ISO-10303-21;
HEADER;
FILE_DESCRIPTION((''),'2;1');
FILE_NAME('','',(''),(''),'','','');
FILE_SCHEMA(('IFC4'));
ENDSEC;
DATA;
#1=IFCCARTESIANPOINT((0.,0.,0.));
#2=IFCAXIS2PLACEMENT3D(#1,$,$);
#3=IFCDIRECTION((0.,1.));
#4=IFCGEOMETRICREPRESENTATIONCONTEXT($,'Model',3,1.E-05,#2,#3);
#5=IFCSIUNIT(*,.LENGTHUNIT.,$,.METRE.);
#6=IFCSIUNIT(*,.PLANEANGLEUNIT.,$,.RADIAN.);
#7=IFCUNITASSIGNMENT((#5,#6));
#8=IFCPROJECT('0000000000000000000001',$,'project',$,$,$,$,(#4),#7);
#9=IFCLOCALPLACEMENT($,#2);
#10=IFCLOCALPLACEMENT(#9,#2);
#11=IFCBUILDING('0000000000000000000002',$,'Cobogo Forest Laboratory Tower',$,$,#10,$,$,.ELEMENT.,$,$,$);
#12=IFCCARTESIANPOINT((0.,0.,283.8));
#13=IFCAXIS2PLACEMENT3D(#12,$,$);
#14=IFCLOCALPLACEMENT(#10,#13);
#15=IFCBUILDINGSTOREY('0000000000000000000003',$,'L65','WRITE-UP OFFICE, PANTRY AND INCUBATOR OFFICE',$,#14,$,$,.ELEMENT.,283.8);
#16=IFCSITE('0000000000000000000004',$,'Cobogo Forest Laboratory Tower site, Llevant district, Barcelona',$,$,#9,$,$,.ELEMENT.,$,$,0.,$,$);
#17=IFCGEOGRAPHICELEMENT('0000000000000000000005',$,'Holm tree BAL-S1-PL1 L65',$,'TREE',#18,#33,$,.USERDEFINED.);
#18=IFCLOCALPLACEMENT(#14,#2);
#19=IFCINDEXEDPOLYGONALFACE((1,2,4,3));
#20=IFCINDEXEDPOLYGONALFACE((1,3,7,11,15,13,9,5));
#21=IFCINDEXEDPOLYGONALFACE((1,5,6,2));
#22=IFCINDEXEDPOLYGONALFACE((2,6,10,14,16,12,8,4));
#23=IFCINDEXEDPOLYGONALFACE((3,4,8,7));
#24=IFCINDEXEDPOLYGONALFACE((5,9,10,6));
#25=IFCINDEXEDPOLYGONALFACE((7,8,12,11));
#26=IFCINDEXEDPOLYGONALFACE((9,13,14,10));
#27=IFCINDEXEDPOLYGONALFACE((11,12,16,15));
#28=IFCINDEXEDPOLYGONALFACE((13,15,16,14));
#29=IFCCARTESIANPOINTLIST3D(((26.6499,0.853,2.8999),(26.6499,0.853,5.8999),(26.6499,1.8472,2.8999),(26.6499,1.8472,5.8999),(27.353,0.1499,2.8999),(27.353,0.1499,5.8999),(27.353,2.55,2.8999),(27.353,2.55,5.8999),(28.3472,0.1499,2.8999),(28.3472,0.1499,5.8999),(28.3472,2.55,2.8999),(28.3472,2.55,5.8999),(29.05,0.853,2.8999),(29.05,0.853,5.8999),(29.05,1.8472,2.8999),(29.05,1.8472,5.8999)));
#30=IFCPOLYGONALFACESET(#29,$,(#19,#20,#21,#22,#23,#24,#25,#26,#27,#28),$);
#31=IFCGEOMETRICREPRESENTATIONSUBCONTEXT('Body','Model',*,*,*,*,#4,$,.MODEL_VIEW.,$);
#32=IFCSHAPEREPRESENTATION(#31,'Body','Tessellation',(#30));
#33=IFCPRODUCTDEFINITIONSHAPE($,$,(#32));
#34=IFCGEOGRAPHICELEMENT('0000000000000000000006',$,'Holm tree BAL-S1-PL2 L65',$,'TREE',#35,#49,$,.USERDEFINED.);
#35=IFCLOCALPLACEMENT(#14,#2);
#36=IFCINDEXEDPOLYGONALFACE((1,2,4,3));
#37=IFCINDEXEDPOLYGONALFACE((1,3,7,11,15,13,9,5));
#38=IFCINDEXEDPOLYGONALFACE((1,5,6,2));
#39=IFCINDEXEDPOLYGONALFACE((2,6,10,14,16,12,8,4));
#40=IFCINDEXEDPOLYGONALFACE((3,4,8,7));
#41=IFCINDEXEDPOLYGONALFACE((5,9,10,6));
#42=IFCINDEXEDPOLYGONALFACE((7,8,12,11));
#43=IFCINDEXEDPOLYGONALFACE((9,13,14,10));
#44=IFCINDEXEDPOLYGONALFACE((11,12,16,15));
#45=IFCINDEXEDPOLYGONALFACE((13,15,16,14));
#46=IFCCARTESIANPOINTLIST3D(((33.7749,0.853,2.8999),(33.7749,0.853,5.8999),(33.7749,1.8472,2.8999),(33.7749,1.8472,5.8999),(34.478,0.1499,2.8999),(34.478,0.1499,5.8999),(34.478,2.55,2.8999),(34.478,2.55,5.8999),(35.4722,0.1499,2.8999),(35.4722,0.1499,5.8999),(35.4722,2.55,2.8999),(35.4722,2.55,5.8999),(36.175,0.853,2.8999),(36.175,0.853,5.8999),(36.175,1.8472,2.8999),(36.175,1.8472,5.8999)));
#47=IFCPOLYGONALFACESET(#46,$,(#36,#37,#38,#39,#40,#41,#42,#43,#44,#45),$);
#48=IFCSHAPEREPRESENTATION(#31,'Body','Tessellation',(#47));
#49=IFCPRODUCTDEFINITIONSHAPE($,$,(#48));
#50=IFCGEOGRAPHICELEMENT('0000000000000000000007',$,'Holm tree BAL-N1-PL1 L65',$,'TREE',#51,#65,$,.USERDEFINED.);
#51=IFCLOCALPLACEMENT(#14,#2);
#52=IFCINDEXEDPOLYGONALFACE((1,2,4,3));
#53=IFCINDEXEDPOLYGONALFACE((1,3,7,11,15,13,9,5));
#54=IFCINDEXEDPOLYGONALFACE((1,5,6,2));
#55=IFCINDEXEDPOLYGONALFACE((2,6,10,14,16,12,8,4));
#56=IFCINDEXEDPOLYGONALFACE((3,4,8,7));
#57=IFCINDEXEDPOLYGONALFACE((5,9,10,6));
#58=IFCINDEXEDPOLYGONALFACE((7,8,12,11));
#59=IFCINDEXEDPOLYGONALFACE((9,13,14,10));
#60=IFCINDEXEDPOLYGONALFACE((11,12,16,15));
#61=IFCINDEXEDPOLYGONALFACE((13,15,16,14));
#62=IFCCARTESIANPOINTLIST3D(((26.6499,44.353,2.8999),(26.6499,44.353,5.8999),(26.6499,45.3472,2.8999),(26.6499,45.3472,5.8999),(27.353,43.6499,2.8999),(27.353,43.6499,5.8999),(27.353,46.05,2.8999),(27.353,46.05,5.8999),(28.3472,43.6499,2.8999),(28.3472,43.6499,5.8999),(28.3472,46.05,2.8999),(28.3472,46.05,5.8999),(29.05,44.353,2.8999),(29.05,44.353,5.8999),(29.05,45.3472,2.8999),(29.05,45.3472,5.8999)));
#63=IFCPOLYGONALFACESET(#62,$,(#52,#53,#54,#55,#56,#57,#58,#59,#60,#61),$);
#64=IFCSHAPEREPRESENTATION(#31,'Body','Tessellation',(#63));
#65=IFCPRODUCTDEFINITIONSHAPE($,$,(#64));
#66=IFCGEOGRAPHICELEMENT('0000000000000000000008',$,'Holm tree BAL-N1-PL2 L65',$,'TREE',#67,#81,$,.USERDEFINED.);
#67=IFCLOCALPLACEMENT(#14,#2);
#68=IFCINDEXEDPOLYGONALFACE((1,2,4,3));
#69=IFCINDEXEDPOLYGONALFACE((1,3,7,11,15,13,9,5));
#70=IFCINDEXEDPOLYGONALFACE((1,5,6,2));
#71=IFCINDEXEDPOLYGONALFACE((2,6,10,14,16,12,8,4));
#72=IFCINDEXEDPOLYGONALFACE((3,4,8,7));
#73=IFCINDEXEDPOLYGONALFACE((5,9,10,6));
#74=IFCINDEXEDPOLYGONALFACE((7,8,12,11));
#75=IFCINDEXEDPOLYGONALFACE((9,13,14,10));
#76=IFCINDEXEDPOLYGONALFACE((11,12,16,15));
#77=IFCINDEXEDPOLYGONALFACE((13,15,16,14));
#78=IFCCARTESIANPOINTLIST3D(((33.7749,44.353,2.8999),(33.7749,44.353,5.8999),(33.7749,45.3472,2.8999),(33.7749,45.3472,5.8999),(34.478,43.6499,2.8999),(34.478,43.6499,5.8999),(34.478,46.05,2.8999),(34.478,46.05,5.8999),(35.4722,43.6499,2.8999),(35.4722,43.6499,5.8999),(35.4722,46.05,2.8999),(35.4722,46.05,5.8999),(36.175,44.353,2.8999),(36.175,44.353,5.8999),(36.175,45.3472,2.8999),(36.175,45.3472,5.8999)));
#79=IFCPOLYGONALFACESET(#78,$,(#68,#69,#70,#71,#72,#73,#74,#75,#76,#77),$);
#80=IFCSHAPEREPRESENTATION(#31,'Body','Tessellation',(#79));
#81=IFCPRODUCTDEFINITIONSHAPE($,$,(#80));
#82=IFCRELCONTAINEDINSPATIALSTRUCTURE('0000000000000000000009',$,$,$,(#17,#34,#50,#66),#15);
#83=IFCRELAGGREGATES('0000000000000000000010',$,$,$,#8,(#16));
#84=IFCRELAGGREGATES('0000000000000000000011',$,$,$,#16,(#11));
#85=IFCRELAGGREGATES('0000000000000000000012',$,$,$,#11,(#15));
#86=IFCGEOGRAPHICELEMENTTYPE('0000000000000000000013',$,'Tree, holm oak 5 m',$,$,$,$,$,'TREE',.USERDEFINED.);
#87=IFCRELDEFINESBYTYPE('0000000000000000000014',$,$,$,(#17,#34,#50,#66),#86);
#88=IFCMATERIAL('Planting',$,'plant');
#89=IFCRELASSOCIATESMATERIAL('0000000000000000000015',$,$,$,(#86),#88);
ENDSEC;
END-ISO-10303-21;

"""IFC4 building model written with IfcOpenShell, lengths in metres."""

from ifc_helpers import new_model, si_unit, direction, frame, origin, place, context, subcontext, project, spatial, polyline, outline, extrude, material, type_object, element, save


model = new_model("IFC4")

# Units and contexts
model_context = context("Model", 3, precision=1e-05, world=origin(), true_north=direction((0.0, 1.0)))
body_context = subcontext(model_context, "Body", "Model", "MODEL_VIEW")
ifc_project = project(units=[si_unit("LENGTHUNIT", "METRE"), si_unit("PLANEANGLEUNIT", "RADIAN")], contexts=[model_context])

# Site, building, storey
site_placement = place(None, origin())
site = spatial("IfcSite", under=ifc_project, at=site_placement, Name="Cobogo Forest Laboratory Tower site, Llevant district, Barcelona", CompositionType="ELEMENT", RefElevation=0.0)
building_placement = place(site_placement, origin())
building = spatial("IfcBuilding", under=site, at=building_placement, Name="Cobogo Forest Laboratory Tower", CompositionType="ELEMENT")
storey_placement = place(building_placement, frame((0.0, 0.0, 283.8)))
storey = spatial("IfcBuildingStorey", under=building, at=storey_placement, Name="L65", Description="WRITE-UP OFFICE, PANTRY AND INCUBATOR OFFICE", CompositionType="ELEMENT", Elevation=283.8)

# Geographic elements
ifc_material_1 = material(Name="Planting", Category="plant")
geographic_element_type = type_object("IfcGeographicElementType", Name="Tree, holm oak 5 m", ElementType="TREE", PredefinedType="USERDEFINED", material=ifc_material_1)
geographic_element_1_placement = place(storey_placement, frame((0.0, 0.0, 2.8999)))
element("IfcGeographicElement", 1, at=geographic_element_1_placement, inside=storey, type_object=geographic_element_type, Name="Holm tree BAL-S1-PL1 L65", ObjectType="TREE", PredefinedType="USERDEFINED", context=body_context, shape_type="SweptSolid", body=[
    extrude(outline(polyline([(29.05, 0.853), (29.05, 1.8472), (28.3472, 2.55), (27.353, 2.55), (26.6499, 1.8472), (26.6499, 0.853), (27.353, 0.1499), (28.3472, 0.1499), (29.05, 0.853)])), origin(), (0.0, 0.0, 1.0), 3.0),
])
geographic_element_2_placement = place(storey_placement, frame((0.0, 0.0, 2.8999)))
element("IfcGeographicElement", 2, at=geographic_element_2_placement, inside=storey, type_object=geographic_element_type, Name="Holm tree BAL-S1-PL2 L65", ObjectType="TREE", PredefinedType="USERDEFINED", context=body_context, shape_type="SweptSolid", body=[
    extrude(outline(polyline([(36.175, 0.853), (36.175, 1.8472), (35.4722, 2.55), (34.478, 2.55), (33.7749, 1.8472), (33.7749, 0.853), (34.478, 0.1499), (35.4722, 0.1499), (36.175, 0.853)])), origin(), (0.0, 0.0, 1.0), 3.0),
])
geographic_element_3_placement = place(storey_placement, frame((0.0, 0.0, 2.8999)))
element("IfcGeographicElement", 3, at=geographic_element_3_placement, inside=storey, type_object=geographic_element_type, Name="Holm tree BAL-N1-PL1 L65", ObjectType="TREE", PredefinedType="USERDEFINED", context=body_context, shape_type="SweptSolid", body=[
    extrude(outline(polyline([(29.05, 44.353), (29.05, 45.3472), (28.3472, 46.05), (27.353, 46.05), (26.6499, 45.3472), (26.6499, 44.353), (27.353, 43.6499), (28.3472, 43.6499), (29.05, 44.353)])), origin(), (0.0, 0.0, 1.0), 3.0),
])
geographic_element_4_placement = place(storey_placement, frame((0.0, 0.0, 2.8999)))
element("IfcGeographicElement", 4, at=geographic_element_4_placement, inside=storey, type_object=geographic_element_type, Name="Holm tree BAL-N1-PL2 L65", ObjectType="TREE", PredefinedType="USERDEFINED", context=body_context, shape_type="SweptSolid", body=[
    extrude(outline(polyline([(36.175, 44.353), (36.175, 45.3472), (35.4722, 46.05), (34.478, 46.05), (33.7749, 45.3472), (33.7749, 44.353), (34.478, 43.6499), (35.4722, 43.6499), (36.175, 44.353)])), origin(), (0.0, 0.0, 1.0), 3.0),
])

save(model, "model.ifc")
